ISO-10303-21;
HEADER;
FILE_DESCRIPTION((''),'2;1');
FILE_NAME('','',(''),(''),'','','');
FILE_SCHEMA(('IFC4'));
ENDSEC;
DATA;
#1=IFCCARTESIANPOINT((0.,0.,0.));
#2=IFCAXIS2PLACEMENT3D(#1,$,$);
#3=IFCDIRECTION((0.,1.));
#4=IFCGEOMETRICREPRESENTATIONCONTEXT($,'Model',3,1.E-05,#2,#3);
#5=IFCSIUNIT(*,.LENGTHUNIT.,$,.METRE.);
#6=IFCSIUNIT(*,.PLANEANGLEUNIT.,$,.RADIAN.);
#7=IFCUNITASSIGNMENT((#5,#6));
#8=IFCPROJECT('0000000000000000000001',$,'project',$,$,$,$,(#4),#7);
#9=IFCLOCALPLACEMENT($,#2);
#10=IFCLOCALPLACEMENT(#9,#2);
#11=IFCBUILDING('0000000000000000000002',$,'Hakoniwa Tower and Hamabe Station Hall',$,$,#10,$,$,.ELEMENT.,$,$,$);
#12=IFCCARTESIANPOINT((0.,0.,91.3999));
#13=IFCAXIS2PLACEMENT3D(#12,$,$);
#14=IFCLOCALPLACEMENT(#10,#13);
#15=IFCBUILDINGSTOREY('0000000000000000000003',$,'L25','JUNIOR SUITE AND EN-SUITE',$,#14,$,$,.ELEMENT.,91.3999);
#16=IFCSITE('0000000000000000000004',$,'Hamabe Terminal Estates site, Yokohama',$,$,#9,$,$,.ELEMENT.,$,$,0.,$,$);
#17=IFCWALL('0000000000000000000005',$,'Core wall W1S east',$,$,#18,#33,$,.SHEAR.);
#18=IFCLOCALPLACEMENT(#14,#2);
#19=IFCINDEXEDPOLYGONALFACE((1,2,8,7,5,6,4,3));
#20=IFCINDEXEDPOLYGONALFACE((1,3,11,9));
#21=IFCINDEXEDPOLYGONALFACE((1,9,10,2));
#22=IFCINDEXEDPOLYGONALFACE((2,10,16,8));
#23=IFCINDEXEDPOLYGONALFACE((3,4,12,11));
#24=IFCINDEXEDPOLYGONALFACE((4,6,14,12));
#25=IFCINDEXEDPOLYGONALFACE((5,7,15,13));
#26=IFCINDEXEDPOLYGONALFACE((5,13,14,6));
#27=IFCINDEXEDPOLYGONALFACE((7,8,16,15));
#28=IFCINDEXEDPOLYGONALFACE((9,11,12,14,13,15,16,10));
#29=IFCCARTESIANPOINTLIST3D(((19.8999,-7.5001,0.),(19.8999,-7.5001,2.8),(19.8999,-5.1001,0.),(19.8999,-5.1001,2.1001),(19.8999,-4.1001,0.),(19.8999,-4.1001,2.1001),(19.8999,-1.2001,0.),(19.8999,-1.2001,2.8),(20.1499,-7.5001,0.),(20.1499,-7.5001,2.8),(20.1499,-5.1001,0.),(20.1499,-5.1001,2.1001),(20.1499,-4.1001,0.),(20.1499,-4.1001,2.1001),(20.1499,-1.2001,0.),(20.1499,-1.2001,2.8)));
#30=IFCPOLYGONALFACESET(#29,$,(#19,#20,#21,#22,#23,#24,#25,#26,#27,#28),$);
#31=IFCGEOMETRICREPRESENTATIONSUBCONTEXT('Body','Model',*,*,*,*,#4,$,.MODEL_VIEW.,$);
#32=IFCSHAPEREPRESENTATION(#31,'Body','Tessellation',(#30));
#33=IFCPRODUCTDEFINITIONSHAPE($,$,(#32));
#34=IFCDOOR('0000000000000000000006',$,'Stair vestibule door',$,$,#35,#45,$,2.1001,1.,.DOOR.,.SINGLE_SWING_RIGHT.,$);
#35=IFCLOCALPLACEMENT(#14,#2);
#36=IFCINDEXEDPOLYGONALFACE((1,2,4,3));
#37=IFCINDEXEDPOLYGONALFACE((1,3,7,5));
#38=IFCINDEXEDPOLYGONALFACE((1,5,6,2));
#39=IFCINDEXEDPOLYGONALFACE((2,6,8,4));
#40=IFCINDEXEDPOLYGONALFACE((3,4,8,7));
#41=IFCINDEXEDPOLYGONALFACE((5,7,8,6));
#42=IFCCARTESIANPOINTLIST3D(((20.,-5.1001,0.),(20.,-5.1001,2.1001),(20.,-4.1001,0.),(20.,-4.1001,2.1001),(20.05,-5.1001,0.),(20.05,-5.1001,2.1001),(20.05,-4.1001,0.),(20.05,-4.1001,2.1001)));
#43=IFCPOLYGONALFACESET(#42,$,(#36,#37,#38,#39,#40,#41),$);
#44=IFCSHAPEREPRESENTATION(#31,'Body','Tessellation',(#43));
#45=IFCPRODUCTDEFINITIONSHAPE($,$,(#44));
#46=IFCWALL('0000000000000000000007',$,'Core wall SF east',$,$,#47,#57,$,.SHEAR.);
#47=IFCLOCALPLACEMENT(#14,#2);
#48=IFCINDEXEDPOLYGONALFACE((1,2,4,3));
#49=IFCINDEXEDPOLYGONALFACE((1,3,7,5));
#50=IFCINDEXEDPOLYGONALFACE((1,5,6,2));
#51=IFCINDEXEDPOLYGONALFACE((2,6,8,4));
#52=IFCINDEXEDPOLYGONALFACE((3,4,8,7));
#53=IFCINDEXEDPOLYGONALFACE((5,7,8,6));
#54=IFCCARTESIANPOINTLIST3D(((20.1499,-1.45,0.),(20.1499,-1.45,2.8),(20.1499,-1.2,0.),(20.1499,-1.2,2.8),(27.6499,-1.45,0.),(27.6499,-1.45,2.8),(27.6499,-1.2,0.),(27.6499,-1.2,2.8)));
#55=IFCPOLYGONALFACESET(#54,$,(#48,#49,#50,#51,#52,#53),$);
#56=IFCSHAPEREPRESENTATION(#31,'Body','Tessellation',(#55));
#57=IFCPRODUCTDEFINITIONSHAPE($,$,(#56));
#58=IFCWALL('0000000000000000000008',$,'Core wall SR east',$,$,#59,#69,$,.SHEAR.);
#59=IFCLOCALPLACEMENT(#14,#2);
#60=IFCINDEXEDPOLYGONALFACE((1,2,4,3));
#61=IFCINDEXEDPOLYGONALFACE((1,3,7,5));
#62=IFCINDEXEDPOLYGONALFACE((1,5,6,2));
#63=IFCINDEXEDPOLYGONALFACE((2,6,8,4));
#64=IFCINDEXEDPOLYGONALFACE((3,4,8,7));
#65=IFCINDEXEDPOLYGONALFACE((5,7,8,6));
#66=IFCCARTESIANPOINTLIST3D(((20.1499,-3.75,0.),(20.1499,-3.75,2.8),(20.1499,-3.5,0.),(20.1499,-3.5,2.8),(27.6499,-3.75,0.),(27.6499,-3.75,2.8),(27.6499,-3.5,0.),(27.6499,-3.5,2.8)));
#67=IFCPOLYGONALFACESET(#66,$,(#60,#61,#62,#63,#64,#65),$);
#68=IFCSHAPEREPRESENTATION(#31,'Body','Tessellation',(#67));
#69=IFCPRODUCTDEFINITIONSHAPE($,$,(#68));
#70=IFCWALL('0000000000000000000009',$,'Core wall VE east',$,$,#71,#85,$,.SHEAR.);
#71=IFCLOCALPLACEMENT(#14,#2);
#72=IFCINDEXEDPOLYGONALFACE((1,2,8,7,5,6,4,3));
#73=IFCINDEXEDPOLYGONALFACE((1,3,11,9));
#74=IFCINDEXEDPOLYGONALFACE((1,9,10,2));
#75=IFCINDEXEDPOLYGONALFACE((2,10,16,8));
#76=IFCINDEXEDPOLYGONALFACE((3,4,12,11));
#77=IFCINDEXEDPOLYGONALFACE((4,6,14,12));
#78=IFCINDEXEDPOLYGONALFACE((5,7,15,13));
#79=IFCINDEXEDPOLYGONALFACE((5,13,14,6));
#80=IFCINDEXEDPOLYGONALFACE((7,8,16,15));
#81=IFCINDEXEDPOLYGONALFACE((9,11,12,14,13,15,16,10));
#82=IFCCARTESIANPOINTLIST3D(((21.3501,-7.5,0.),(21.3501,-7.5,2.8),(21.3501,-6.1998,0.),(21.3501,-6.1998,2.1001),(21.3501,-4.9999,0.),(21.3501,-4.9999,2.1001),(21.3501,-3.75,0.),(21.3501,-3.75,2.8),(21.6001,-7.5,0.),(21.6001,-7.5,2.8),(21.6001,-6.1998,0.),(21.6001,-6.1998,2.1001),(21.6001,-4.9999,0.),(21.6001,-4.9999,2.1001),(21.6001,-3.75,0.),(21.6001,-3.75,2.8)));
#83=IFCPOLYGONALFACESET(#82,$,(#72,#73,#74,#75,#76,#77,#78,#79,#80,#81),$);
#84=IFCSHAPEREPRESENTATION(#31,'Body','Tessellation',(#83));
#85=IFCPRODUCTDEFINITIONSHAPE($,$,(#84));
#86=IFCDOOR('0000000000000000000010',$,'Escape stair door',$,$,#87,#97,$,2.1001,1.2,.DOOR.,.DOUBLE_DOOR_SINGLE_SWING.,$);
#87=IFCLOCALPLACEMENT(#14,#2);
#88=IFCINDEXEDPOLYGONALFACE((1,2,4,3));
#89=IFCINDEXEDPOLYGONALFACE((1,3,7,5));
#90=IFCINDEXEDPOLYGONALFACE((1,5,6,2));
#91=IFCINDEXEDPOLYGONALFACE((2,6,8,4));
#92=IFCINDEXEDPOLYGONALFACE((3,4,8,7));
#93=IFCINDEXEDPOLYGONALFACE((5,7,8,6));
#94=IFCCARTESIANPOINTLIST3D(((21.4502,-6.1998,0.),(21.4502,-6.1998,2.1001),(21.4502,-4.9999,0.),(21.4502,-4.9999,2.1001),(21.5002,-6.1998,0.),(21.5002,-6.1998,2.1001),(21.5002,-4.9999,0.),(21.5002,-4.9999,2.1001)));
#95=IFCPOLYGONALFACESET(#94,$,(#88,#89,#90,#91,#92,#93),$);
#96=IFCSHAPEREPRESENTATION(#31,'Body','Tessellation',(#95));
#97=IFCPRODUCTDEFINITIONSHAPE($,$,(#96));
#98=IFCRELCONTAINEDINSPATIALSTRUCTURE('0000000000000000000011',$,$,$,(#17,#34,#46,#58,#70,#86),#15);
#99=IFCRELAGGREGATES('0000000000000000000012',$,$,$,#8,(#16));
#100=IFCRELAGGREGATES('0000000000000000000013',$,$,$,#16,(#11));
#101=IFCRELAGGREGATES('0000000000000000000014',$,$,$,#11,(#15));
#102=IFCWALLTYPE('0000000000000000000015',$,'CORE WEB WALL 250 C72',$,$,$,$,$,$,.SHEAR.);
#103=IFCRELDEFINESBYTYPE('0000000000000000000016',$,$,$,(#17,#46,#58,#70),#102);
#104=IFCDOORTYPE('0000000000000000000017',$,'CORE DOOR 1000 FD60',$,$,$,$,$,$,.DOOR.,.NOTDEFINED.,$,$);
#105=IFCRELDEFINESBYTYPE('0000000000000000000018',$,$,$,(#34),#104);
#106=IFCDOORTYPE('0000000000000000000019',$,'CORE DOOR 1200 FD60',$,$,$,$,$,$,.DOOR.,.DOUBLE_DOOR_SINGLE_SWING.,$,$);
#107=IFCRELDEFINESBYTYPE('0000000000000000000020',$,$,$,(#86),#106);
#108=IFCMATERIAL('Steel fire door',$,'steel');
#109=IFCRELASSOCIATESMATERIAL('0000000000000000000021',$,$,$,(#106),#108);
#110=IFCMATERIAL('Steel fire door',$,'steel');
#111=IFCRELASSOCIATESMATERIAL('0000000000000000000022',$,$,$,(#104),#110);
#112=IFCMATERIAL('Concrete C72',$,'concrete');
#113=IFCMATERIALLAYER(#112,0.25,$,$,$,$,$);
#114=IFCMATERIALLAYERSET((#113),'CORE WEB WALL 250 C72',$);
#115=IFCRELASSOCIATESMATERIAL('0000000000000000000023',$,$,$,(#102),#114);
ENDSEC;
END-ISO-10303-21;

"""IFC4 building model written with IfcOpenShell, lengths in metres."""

from ifc_helpers import new_model, si_unit, direction, frame, frame_2d, origin, place, context, subcontext, project, spatial, rectangle, extrude, material, layer, layer_set, type_object, element, fill, save


model = new_model("IFC4")

# Units and contexts
model_context = context("Model", 3, precision=1e-05, world=origin(), true_north=direction((0.0, 1.0)))
body_context = subcontext(model_context, "Body", "Model", "MODEL_VIEW")
ifc_project = project(units=[si_unit("LENGTHUNIT", "METRE"), si_unit("PLANEANGLEUNIT", "RADIAN")], contexts=[model_context])

# Site, building, storey
site_placement = place(None, origin())
site = spatial("IfcSite", under=ifc_project, at=site_placement, Name="Hamabe Terminal Estates site, Yokohama", CompositionType="ELEMENT", RefElevation=0.0)
building_placement = place(site_placement, origin())
building = spatial("IfcBuilding", under=site, at=building_placement, Name="Hakoniwa Tower and Hamabe Station Hall", CompositionType="ELEMENT")
storey_placement = place(building_placement, frame((0.0, 0.0, 91.3999)))
storey = spatial("IfcBuildingStorey", under=building, at=storey_placement, Name="L25", Description="JUNIOR SUITE AND EN-SUITE", CompositionType="ELEMENT", Elevation=91.3999)

# Wall, opening, door
ifc_material_1 = material(Name="Steel fire door", Category="steel")
door_type_1 = type_object("IfcDoorType", Name="CORE DOOR 1200 FD60", OperationType="DOUBLE_DOOR_SINGLE_SWING", PredefinedType="DOOR", material=ifc_material_1)
ifc_material_2 = material(Name="Steel fire door", Category="steel")
door_type_2 = type_object("IfcDoorType", Name="CORE DOOR 1000 FD60", OperationType="NOTDEFINED", PredefinedType="DOOR", material=ifc_material_2)
ifc_material_3 = material(Name="Concrete C72", Category="concrete")
ifc_layer_1 = layer(ifc_material_3, 0.25)
ifc_layer_set_1 = layer_set([ifc_layer_1], Name="CORE WEB WALL 250 C72")
wall_type_1 = type_object("IfcWallType", Name="CORE WEB WALL 250 C72", PredefinedType="SHEAR", material=ifc_layer_set_1)
wall_1_placement = place(storey_placement, frame((20.0249, -7.5, 0.0), z_axis=(0.0, 0.0, 1.0), x_axis=(0.0, 1.0, 0.0)))
wall_1 = element("IfcWall", 1, at=wall_1_placement, inside=storey, type_object=wall_type_1, Name="Core wall W1S east", PredefinedType="SHEAR", context=body_context, shape_type="SweptSolid", body=[
    extrude(rectangle(XDim=6.3, YDim=0.25, at=frame_2d((3.1499, 0.0))), origin(), (0.0, 0.0, 1.0), 2.8),
])
opening_1_placement = place(wall_1_placement, frame((2.3999, 0.0, 0.0)))
opening_1 = element("IfcOpeningElement", 2, at=opening_1_placement, cuts=wall_1, PredefinedType="OPENING", context=body_context, shape_type="SweptSolid", body=[
    extrude(rectangle(XDim=1.0, YDim=2.1001, at=frame_2d((0.5, 1.05))), frame((0.0, 0.135, 0.0), z_axis=(0.0, -1.0, 0.0), x_axis=(1.0, 0.0, 0.0)), (0.0, 0.0, 1.0), 0.27),
])
door_1_placement = place(opening_1_placement, origin())
door_1 = element("IfcDoor", 3, at=door_1_placement, inside=storey, type_object=door_type_2, Name="Stair vestibule door", OperationType="SINGLE_SWING_RIGHT", OverallHeight=2.1001, OverallWidth=1.0, PredefinedType="DOOR", context=body_context, shape_type="SweptSolid", body=[
    extrude(rectangle(XDim=1.0, YDim=2.1001, at=frame_2d((0.5, 1.05))), frame((0.0, 0.0249, 0.0), z_axis=(0.0, -1.0, 0.0), x_axis=(1.0, 0.0, 0.0)), (0.0, 0.0, 1.0), 0.05),
])
fill(opening_1, door_1)

# Walls
for number, where, z_axis, x_axis, name in (
    (4, (20.1499, -1.325, 0.0), (0.0, 0.0, 1.0), (1.0, 0.0, 0.0), "Core wall SF east"),
    (5, (20.1499, -3.625, 0.0), (0.0, 0.0, 1.0), (1.0, 0.0, 0.0), "Core wall SR east"),
):
    element("IfcWall", number, at=place(storey_placement, frame(where, z_axis=z_axis, x_axis=x_axis)), inside=storey, type_object=wall_type_1, Name=name, PredefinedType="SHEAR", context=body_context, shape_type="SweptSolid", body=[
        extrude(rectangle(XDim=7.5, YDim=0.25, at=frame_2d((3.75, 0.0))), origin(), (0.0, 0.0, 1.0), 2.8),
    ])

# Wall, opening, door
wall_2_placement = place(storey_placement, frame((21.4751, -7.5, 0.0), z_axis=(0.0, 0.0, 1.0), x_axis=(0.0, 1.0, 0.0)))
wall_2 = element("IfcWall", 6, at=wall_2_placement, inside=storey, type_object=wall_type_1, Name="Core wall VE east", PredefinedType="SHEAR", context=body_context, shape_type="SweptSolid", body=[
    extrude(rectangle(XDim=3.75, YDim=0.25, at=frame_2d((1.875, 0.0))), origin(), (0.0, 0.0, 1.0), 2.8),
])
opening_2_placement = place(wall_2_placement, frame((1.3, 0.0, 0.0)))
opening_2 = element("IfcOpeningElement", 7, at=opening_2_placement, cuts=wall_2, PredefinedType="OPENING", context=body_context, shape_type="SweptSolid", body=[
    extrude(rectangle(XDim=1.2, YDim=2.1001, at=frame_2d((0.6001, 1.05))), frame((0.0, 0.135, 0.0), z_axis=(0.0, -1.0, 0.0), x_axis=(1.0, 0.0, 0.0)), (0.0, 0.0, 1.0), 0.27),
])
door_2_placement = place(opening_2_placement, origin())
door_2 = element("IfcDoor", 8, at=door_2_placement, inside=storey, type_object=door_type_1, Name="Escape stair door", OperationType="DOUBLE_DOOR_SINGLE_SWING", OverallHeight=2.1001, OverallWidth=1.2, PredefinedType="DOOR", context=body_context, shape_type="SweptSolid", body=[
    extrude(rectangle(XDim=1.2, YDim=2.1001, at=frame_2d((0.6001, 1.05))), frame((0.0, 0.0249, 0.0), z_axis=(0.0, -1.0, 0.0), x_axis=(1.0, 0.0, 0.0)), (0.0, 0.0, 1.0), 0.05),
])
fill(opening_2, door_2)

save(model, "model.ifc")
